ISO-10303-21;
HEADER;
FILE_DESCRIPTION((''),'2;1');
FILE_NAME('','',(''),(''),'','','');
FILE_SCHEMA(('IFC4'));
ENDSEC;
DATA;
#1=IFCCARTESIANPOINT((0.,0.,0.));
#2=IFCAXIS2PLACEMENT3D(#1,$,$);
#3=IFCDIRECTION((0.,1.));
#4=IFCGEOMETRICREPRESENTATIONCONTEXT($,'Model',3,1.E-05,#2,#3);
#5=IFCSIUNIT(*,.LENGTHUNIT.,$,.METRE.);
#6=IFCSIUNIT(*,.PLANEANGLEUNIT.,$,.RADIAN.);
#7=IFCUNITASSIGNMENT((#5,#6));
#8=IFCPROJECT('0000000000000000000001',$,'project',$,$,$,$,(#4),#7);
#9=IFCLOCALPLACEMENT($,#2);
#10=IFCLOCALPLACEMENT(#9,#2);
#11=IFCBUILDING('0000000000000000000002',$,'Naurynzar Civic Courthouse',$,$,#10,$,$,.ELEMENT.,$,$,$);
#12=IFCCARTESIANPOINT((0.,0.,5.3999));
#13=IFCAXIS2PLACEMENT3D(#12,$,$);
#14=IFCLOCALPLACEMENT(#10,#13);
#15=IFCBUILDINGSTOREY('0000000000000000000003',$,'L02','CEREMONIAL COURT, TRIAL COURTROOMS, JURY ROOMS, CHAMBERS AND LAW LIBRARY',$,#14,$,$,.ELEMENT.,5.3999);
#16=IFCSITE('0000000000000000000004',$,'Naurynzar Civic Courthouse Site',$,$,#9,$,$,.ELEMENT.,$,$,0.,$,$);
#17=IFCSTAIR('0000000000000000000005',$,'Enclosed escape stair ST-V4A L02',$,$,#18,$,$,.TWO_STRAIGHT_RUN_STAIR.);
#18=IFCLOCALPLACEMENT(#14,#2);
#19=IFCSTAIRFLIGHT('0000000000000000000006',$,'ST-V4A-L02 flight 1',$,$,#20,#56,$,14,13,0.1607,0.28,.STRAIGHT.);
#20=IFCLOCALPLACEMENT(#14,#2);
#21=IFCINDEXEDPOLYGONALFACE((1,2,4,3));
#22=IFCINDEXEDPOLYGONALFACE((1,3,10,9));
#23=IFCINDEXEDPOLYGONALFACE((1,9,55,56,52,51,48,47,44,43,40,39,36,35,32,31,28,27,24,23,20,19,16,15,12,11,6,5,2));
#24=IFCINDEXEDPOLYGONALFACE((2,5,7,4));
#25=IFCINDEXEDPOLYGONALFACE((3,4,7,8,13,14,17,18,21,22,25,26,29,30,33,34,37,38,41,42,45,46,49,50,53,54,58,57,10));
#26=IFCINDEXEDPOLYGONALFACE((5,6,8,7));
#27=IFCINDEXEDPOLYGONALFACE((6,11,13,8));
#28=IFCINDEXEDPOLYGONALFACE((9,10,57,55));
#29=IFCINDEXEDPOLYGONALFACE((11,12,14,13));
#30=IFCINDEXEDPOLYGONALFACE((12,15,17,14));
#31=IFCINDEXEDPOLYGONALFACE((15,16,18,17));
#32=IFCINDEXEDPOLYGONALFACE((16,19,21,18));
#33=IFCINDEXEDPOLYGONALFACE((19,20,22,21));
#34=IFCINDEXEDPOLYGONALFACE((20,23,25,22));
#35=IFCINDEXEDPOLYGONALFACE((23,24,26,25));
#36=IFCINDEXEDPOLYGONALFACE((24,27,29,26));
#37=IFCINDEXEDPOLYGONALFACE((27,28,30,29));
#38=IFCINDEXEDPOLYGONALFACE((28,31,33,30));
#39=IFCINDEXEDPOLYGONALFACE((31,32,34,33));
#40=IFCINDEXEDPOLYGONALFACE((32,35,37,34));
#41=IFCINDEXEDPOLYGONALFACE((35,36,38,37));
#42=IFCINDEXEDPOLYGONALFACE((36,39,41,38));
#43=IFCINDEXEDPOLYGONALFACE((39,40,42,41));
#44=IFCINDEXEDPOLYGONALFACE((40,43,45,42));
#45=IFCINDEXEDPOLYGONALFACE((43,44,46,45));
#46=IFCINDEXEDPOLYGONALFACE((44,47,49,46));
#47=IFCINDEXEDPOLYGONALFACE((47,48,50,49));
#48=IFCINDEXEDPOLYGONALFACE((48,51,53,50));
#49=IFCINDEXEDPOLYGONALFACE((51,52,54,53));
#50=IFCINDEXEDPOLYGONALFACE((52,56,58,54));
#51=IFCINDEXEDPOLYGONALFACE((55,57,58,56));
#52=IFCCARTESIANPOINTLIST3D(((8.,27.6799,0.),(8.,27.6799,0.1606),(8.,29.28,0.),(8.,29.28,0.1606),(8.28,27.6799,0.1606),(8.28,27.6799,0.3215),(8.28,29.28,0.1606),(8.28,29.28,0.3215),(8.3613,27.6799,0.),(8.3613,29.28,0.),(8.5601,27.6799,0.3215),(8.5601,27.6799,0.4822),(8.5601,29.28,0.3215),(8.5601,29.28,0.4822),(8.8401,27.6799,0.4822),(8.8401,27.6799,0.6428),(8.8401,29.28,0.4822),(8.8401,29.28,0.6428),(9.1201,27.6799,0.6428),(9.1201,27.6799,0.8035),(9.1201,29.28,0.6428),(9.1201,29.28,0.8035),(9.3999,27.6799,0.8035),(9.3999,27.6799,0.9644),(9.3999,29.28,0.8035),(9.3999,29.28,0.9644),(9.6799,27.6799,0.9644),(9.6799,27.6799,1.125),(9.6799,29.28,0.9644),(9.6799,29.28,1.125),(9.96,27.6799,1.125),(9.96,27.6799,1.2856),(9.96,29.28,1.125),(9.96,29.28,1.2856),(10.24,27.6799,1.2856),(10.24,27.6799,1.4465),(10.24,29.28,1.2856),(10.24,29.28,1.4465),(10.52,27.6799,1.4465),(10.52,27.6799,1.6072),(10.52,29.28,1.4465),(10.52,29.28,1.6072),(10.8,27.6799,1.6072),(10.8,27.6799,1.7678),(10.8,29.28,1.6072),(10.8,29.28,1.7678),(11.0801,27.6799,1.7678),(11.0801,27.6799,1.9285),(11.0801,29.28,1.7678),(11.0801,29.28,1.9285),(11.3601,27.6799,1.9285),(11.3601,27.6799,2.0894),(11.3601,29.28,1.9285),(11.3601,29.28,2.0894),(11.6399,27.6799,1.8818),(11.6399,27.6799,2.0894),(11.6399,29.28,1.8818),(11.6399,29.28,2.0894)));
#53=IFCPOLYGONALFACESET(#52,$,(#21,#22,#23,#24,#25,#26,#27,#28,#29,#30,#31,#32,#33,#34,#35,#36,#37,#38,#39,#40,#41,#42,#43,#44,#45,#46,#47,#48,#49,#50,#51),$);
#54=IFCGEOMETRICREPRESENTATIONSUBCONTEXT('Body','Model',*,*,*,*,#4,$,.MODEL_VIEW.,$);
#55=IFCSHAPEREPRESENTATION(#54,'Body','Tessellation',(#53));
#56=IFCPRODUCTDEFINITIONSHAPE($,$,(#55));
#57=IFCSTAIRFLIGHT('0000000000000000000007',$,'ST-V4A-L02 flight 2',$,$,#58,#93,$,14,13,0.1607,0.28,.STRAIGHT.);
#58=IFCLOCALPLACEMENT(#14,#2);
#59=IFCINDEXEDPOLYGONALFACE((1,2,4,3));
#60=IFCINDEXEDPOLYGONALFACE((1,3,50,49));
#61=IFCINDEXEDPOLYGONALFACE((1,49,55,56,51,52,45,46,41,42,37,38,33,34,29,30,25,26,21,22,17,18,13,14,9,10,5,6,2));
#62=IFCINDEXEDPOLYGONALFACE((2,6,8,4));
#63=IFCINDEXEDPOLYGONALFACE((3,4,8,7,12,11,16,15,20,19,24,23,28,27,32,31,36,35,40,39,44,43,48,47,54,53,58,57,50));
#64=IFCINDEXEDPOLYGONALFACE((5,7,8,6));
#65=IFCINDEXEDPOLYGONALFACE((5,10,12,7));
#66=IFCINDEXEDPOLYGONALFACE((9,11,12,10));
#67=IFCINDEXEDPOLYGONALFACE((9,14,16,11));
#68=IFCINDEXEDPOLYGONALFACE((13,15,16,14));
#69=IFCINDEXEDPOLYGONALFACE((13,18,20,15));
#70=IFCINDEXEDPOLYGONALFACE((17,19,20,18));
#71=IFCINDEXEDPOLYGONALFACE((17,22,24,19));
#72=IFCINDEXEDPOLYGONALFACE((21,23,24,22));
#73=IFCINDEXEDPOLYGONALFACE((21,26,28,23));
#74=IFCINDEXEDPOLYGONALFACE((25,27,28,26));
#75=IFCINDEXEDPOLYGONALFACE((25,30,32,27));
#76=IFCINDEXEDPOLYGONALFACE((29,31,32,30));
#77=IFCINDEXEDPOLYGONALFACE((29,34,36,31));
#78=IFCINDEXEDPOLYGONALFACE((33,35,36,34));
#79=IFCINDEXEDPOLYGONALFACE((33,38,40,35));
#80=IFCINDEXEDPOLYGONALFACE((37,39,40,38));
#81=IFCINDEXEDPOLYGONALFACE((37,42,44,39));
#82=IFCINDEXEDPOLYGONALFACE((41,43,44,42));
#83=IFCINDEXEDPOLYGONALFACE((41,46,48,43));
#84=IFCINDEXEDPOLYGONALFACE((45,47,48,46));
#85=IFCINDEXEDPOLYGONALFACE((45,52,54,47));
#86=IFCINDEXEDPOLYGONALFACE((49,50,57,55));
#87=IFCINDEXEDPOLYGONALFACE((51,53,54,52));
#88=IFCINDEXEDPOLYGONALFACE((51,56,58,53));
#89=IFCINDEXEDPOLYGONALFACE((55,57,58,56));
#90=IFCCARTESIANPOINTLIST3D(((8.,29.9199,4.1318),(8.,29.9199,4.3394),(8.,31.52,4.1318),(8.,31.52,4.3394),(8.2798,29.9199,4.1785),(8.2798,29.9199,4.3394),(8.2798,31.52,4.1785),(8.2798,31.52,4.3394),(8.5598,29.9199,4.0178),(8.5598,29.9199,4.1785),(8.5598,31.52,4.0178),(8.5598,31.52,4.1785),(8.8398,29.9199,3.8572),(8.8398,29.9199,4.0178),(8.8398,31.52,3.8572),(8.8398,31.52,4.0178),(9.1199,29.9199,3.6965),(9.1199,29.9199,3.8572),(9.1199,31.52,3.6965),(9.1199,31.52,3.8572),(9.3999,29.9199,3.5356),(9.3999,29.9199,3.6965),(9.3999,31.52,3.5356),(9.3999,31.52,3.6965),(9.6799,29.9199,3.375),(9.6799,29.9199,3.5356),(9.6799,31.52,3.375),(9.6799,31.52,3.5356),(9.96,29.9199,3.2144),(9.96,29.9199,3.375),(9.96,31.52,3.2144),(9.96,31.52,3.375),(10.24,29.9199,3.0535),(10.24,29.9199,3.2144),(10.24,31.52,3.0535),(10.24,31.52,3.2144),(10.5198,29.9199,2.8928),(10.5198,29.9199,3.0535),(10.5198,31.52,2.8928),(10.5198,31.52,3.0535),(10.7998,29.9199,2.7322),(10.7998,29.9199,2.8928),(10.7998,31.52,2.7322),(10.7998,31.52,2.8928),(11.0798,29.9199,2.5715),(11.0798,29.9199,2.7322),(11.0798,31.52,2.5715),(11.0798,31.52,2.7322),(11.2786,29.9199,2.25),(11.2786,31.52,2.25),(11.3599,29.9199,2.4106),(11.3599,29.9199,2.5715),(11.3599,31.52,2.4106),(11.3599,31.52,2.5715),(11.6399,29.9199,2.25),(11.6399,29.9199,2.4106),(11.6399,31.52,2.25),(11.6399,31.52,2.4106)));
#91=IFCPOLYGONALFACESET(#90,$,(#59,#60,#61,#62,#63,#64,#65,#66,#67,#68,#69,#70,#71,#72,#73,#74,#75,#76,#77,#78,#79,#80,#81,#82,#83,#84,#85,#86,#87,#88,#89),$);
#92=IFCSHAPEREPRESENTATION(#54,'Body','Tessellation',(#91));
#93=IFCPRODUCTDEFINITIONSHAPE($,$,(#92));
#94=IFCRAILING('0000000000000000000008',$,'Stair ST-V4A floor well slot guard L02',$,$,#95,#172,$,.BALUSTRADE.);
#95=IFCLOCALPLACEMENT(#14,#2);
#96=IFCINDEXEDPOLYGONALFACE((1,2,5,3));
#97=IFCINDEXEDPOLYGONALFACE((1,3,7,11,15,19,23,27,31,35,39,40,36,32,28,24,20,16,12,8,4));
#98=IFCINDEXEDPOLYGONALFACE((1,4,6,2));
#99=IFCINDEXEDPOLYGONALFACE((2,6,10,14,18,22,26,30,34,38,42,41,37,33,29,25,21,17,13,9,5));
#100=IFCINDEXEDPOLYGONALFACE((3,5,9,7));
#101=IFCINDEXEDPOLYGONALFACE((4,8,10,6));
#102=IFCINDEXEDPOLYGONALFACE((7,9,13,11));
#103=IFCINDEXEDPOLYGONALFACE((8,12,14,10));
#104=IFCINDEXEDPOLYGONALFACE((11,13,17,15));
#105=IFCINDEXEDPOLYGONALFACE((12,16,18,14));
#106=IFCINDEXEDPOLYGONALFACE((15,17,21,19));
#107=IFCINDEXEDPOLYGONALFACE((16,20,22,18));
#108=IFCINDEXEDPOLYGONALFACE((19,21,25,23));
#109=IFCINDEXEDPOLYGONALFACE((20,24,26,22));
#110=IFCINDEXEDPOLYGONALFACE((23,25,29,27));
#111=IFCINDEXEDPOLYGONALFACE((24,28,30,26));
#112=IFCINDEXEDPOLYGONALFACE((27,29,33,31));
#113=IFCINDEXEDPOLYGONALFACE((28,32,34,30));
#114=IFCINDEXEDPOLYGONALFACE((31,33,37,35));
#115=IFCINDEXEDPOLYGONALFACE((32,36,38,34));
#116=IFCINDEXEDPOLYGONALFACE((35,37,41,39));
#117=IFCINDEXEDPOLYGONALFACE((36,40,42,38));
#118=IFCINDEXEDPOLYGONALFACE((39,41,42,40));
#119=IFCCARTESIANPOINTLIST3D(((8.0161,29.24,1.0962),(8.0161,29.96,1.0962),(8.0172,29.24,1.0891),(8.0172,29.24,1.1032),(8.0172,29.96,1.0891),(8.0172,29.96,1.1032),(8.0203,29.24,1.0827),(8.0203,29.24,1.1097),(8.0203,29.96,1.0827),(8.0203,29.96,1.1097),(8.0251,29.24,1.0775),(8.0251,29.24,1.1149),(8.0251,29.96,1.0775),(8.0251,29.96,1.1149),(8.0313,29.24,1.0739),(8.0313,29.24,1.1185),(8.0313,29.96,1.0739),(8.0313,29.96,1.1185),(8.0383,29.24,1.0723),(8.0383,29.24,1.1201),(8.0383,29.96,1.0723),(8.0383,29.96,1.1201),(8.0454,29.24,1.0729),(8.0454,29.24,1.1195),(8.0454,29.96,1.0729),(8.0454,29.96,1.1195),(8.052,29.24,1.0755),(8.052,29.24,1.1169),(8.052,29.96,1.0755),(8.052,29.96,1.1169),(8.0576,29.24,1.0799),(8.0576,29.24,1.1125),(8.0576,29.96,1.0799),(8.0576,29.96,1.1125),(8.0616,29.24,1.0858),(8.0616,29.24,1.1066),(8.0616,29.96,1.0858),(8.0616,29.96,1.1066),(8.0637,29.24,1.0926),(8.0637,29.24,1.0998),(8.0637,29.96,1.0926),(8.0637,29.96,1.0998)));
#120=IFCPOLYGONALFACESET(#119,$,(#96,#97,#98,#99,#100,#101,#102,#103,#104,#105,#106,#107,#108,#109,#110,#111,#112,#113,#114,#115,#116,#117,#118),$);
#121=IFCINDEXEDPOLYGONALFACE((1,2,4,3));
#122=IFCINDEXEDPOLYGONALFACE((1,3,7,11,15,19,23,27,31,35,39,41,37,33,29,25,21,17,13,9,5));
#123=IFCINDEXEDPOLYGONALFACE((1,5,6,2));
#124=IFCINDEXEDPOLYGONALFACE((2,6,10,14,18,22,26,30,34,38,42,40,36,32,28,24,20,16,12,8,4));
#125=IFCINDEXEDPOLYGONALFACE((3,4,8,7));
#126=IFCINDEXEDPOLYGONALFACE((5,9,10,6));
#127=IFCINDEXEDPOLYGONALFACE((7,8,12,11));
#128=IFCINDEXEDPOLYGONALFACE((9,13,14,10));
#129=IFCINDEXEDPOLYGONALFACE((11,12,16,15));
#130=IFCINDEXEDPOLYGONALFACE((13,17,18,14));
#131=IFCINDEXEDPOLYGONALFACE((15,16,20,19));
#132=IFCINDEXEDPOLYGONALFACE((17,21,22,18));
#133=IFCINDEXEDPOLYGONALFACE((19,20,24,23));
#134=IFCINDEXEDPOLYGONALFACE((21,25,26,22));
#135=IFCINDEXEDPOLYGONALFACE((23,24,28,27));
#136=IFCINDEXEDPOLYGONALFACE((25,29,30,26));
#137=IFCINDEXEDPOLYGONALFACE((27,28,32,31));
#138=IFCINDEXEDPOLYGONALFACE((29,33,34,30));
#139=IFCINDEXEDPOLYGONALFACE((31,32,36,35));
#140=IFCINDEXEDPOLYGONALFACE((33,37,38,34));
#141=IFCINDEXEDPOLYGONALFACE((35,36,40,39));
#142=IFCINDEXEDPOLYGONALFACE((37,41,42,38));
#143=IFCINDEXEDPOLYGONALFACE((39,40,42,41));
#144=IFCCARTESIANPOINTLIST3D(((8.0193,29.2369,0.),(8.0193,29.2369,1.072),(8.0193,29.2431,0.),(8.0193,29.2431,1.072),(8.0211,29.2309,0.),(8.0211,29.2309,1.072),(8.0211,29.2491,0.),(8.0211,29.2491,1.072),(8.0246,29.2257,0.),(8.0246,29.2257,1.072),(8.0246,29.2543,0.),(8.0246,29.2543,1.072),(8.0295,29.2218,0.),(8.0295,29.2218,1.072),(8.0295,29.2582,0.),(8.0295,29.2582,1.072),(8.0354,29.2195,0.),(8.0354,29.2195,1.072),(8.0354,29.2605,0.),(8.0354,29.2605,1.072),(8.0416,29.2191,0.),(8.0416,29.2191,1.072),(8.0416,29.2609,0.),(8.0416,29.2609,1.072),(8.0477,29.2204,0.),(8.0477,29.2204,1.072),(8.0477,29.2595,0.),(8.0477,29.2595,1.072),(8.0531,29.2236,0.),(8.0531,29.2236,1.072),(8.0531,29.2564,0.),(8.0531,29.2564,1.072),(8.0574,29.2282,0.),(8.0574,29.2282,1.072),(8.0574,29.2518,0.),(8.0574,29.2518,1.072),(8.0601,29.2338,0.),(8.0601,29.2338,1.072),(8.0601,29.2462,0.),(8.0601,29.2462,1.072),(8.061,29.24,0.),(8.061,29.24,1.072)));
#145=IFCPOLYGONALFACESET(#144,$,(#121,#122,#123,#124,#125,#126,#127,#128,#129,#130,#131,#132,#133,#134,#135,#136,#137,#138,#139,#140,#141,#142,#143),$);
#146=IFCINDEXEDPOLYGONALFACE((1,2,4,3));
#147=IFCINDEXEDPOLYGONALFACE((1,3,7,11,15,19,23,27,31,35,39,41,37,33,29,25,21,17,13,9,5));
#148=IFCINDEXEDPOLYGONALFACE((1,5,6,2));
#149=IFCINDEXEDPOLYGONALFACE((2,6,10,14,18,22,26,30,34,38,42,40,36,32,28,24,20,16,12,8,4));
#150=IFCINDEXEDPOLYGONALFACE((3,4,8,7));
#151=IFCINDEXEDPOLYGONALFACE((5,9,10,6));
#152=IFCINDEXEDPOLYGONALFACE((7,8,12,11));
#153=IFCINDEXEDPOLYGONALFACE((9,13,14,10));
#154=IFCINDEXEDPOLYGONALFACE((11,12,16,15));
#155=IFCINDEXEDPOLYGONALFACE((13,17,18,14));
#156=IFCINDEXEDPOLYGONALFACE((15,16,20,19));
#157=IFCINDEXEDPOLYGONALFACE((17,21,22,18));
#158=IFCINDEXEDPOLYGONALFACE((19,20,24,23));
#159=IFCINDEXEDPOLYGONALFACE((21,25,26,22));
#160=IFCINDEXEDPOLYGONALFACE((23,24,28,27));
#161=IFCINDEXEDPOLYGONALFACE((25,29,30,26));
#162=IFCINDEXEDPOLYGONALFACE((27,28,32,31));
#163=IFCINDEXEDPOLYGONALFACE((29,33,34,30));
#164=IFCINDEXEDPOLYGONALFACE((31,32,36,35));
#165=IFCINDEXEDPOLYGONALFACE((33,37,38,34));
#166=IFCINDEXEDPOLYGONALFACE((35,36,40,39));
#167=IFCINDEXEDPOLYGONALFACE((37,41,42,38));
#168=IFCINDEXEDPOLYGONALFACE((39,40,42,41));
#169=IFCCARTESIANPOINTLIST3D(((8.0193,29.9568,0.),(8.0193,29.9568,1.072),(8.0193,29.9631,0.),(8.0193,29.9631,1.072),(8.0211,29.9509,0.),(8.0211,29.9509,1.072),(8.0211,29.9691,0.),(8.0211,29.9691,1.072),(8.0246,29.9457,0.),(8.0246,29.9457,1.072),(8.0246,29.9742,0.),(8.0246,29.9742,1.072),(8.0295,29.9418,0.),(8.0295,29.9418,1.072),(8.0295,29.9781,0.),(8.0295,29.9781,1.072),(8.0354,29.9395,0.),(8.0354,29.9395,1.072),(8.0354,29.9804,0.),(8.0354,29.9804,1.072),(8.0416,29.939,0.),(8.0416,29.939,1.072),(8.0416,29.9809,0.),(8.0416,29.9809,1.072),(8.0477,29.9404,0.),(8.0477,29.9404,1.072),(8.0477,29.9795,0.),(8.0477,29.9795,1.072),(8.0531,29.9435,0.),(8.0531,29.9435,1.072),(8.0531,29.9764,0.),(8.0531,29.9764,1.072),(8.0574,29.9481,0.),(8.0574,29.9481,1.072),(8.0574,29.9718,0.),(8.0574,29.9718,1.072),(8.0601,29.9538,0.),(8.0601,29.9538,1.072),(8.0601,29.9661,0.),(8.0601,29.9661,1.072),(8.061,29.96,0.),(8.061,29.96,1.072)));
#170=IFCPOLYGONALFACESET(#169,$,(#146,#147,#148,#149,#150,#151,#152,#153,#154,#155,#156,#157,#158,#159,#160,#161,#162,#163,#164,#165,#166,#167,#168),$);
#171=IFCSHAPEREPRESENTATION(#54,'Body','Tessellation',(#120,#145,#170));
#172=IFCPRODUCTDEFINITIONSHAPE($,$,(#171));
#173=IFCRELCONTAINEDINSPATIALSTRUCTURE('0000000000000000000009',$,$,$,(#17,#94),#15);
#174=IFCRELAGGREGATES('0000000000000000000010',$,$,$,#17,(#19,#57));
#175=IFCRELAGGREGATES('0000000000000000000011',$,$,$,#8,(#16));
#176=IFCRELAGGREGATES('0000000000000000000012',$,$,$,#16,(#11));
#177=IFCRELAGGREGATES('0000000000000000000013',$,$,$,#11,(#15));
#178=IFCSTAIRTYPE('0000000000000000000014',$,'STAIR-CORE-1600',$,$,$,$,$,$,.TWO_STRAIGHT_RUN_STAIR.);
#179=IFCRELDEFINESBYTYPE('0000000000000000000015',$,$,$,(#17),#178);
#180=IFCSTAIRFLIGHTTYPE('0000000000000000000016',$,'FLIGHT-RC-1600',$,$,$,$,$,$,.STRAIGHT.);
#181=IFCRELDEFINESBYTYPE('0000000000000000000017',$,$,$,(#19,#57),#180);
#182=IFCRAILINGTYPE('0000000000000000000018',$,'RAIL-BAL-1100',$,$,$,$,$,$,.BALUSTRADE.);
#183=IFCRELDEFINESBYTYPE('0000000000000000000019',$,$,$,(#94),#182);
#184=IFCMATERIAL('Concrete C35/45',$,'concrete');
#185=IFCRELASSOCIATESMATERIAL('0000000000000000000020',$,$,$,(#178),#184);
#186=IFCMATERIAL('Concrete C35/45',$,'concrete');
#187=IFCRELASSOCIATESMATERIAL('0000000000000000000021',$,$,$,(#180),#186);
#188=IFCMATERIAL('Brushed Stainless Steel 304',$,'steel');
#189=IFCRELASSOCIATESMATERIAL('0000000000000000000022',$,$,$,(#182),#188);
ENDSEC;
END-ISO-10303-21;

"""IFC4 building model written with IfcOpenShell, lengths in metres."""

from ifc_helpers import new_model, si_unit, direction, frame, origin, origin_2d, place, context, subcontext, project, spatial, polyline, circle, outline, extrude, material, type_object, element, aggregate, save


model = new_model("IFC4")

# Units and contexts
model_context = context("Model", 3, precision=1e-05, world=origin(), true_north=direction((0.0, 1.0)))
body_context = subcontext(model_context, "Body", "Model", "MODEL_VIEW")
ifc_project = project(units=[si_unit("LENGTHUNIT", "METRE"), si_unit("PLANEANGLEUNIT", "RADIAN")], contexts=[model_context])

# Site, building, storey
site_placement = place(None, origin())
site = spatial("IfcSite", under=ifc_project, at=site_placement, Name="Naurynzar Civic Courthouse Site", CompositionType="ELEMENT", RefElevation=0.0)
building_placement = place(site_placement, origin())
building = spatial("IfcBuilding", under=site, at=building_placement, Name="Naurynzar Civic Courthouse", CompositionType="ELEMENT")
storey_placement = place(building_placement, frame((0.0, 0.0, 5.3999)))
storey = spatial("IfcBuildingStorey", under=building, at=storey_placement, Name="L02", Description="CEREMONIAL COURT, TRIAL COURTROOMS, JURY ROOMS, CHAMBERS AND LAW LIBRARY", CompositionType="ELEMENT", Elevation=5.3999)

# Stair, stair flights
ifc_material_1 = material(Name="Concrete C35/45", Category="concrete")
stair_type = type_object("IfcStairType", Name="STAIR-CORE-1600", PredefinedType="TWO_STRAIGHT_RUN_STAIR", material=ifc_material_1)
stair_placement = place(storey_placement, origin())
stair = element("IfcStair", 1, at=stair_placement, inside=storey, type_object=stair_type, Name="Enclosed escape stair ST-V4A L02", PredefinedType="TWO_STRAIGHT_RUN_STAIR")
ifc_material_2 = material(Name="Concrete C35/45", Category="concrete")
stair_flight_type = type_object("IfcStairFlightType", Name="FLIGHT-RC-1600", PredefinedType="STRAIGHT", material=ifc_material_2)
stair_flight_1_placement = place(storey_placement, frame((8.0, 28.48, 0.0), z_axis=(0.0, 0.0, 1.0), x_axis=(1.0, 0.0, 0.0)))
stair_flight_1 = element("IfcStairFlight", 2, at=stair_flight_1_placement, type_object=stair_flight_type, Name="ST-V4A-L02 flight 1", NumberOfRisers=14, NumberOfTreads=13, PredefinedType="STRAIGHT", RiserHeight=0.1607, TreadLength=0.28, context=body_context, shape_type="SweptSolid", body=[
    extrude(outline(polyline([(0.0, 0.0), (0.0, 0.1606), (0.28, 0.1606), (0.28, 0.3215), (0.5601, 0.3215), (0.5601, 0.4822), (0.8401, 0.4822), (0.8401, 0.6428), (1.1201, 0.6428), (1.1201, 0.8035), (1.3999, 0.8035), (1.3999, 0.9644), (1.6799, 0.9644), (1.6799, 1.125), (1.96, 1.125), (1.96, 1.2856), (2.24, 1.2856), (2.24, 1.4465), (2.52, 1.4465), (2.52, 1.6072), (2.8, 1.6072), (2.8, 1.7678), (3.0801, 1.7678), (3.0801, 1.9285), (3.3601, 1.9285), (3.3601, 2.0894), (3.6399, 2.0894), (3.6399, 2.25), (3.6399, 1.8818), (0.3613, 0.0), (0.0, 0.0)])), frame((0.0, 0.8, 0.0), z_axis=(0.0, -1.0, 0.0), x_axis=(1.0, 0.0, 0.0)), (0.0, 0.0, 1.0), 1.6001),
])
stair_flight_2_placement = place(storey_placement, frame((11.6399, 30.72, 2.25), z_axis=(0.0, 0.0, 1.0), x_axis=(-1.0, 0.0, 0.0)))
stair_flight_2 = element("IfcStairFlight", 3, at=stair_flight_2_placement, type_object=stair_flight_type, Name="ST-V4A-L02 flight 2", NumberOfRisers=14, NumberOfTreads=13, PredefinedType="STRAIGHT", RiserHeight=0.1607, TreadLength=0.28, context=body_context, shape_type="SweptSolid", body=[
    extrude(outline(polyline([(0.0, 0.0), (0.0, 0.1606), (0.28, 0.1606), (0.28, 0.3215), (0.5601, 0.3215), (0.5601, 0.4822), (0.8401, 0.4822), (0.8401, 0.6428), (1.1201, 0.6428), (1.1201, 0.8035), (1.3999, 0.8035), (1.3999, 0.9644), (1.6799, 0.9644), (1.6799, 1.125), (1.96, 1.125), (1.96, 1.2856), (2.24, 1.2856), (2.24, 1.4465), (2.52, 1.4465), (2.52, 1.6072), (2.8, 1.6072), (2.8, 1.7678), (3.0801, 1.7678), (3.0801, 1.9285), (3.3601, 1.9285), (3.3601, 2.0894), (3.6399, 2.0894), (3.6399, 2.25), (3.6399, 1.8818), (0.3613, 0.0), (0.0, 0.0)])), frame((0.0, 0.8, 0.0), z_axis=(0.0, -1.0, 0.0), x_axis=(1.0, 0.0, 0.0)), (0.0, 0.0, 1.0), 1.6001),
])
aggregate(stair, [stair_flight_1, stair_flight_2])

# Railing
ifc_material_3 = material(Name="Brushed Stainless Steel 304", Category="steel")
railing_type_1 = type_object("IfcRailingType", Name="RAIL-BAL-1100", PredefinedType="BALUSTRADE", material=ifc_material_3)
for number, where, name in (
    (4, (8.04, 29.24, 0.0), "Stair ST-V4A floor well slot guard L02"),
):
    element("IfcRailing", number, at=place(storey_placement, frame(where)), inside=storey, type_object=railing_type_1, Name=name, PredefinedType="BALUSTRADE", context=body_context, shape_type="SweptSolid", body=[
        extrude(circle(Radius=0.0239, at=origin_2d()), frame((0.0, 0.0, 1.0962), z_axis=(0.0, 1.0, 0.0), x_axis=(-1.0, 0.0, 0.0)), (0.0, 0.0, 1.0), 0.72),
        extrude(circle(Radius=0.021, at=origin_2d()), origin(), (0.0, 0.0, 1.0), 1.072),
        extrude(circle(Radius=0.021, at=origin_2d()), frame((0.0, 0.72, 0.0)), (0.0, 0.0, 1.0), 1.072),
    ])

save(model, "model.ifc")
